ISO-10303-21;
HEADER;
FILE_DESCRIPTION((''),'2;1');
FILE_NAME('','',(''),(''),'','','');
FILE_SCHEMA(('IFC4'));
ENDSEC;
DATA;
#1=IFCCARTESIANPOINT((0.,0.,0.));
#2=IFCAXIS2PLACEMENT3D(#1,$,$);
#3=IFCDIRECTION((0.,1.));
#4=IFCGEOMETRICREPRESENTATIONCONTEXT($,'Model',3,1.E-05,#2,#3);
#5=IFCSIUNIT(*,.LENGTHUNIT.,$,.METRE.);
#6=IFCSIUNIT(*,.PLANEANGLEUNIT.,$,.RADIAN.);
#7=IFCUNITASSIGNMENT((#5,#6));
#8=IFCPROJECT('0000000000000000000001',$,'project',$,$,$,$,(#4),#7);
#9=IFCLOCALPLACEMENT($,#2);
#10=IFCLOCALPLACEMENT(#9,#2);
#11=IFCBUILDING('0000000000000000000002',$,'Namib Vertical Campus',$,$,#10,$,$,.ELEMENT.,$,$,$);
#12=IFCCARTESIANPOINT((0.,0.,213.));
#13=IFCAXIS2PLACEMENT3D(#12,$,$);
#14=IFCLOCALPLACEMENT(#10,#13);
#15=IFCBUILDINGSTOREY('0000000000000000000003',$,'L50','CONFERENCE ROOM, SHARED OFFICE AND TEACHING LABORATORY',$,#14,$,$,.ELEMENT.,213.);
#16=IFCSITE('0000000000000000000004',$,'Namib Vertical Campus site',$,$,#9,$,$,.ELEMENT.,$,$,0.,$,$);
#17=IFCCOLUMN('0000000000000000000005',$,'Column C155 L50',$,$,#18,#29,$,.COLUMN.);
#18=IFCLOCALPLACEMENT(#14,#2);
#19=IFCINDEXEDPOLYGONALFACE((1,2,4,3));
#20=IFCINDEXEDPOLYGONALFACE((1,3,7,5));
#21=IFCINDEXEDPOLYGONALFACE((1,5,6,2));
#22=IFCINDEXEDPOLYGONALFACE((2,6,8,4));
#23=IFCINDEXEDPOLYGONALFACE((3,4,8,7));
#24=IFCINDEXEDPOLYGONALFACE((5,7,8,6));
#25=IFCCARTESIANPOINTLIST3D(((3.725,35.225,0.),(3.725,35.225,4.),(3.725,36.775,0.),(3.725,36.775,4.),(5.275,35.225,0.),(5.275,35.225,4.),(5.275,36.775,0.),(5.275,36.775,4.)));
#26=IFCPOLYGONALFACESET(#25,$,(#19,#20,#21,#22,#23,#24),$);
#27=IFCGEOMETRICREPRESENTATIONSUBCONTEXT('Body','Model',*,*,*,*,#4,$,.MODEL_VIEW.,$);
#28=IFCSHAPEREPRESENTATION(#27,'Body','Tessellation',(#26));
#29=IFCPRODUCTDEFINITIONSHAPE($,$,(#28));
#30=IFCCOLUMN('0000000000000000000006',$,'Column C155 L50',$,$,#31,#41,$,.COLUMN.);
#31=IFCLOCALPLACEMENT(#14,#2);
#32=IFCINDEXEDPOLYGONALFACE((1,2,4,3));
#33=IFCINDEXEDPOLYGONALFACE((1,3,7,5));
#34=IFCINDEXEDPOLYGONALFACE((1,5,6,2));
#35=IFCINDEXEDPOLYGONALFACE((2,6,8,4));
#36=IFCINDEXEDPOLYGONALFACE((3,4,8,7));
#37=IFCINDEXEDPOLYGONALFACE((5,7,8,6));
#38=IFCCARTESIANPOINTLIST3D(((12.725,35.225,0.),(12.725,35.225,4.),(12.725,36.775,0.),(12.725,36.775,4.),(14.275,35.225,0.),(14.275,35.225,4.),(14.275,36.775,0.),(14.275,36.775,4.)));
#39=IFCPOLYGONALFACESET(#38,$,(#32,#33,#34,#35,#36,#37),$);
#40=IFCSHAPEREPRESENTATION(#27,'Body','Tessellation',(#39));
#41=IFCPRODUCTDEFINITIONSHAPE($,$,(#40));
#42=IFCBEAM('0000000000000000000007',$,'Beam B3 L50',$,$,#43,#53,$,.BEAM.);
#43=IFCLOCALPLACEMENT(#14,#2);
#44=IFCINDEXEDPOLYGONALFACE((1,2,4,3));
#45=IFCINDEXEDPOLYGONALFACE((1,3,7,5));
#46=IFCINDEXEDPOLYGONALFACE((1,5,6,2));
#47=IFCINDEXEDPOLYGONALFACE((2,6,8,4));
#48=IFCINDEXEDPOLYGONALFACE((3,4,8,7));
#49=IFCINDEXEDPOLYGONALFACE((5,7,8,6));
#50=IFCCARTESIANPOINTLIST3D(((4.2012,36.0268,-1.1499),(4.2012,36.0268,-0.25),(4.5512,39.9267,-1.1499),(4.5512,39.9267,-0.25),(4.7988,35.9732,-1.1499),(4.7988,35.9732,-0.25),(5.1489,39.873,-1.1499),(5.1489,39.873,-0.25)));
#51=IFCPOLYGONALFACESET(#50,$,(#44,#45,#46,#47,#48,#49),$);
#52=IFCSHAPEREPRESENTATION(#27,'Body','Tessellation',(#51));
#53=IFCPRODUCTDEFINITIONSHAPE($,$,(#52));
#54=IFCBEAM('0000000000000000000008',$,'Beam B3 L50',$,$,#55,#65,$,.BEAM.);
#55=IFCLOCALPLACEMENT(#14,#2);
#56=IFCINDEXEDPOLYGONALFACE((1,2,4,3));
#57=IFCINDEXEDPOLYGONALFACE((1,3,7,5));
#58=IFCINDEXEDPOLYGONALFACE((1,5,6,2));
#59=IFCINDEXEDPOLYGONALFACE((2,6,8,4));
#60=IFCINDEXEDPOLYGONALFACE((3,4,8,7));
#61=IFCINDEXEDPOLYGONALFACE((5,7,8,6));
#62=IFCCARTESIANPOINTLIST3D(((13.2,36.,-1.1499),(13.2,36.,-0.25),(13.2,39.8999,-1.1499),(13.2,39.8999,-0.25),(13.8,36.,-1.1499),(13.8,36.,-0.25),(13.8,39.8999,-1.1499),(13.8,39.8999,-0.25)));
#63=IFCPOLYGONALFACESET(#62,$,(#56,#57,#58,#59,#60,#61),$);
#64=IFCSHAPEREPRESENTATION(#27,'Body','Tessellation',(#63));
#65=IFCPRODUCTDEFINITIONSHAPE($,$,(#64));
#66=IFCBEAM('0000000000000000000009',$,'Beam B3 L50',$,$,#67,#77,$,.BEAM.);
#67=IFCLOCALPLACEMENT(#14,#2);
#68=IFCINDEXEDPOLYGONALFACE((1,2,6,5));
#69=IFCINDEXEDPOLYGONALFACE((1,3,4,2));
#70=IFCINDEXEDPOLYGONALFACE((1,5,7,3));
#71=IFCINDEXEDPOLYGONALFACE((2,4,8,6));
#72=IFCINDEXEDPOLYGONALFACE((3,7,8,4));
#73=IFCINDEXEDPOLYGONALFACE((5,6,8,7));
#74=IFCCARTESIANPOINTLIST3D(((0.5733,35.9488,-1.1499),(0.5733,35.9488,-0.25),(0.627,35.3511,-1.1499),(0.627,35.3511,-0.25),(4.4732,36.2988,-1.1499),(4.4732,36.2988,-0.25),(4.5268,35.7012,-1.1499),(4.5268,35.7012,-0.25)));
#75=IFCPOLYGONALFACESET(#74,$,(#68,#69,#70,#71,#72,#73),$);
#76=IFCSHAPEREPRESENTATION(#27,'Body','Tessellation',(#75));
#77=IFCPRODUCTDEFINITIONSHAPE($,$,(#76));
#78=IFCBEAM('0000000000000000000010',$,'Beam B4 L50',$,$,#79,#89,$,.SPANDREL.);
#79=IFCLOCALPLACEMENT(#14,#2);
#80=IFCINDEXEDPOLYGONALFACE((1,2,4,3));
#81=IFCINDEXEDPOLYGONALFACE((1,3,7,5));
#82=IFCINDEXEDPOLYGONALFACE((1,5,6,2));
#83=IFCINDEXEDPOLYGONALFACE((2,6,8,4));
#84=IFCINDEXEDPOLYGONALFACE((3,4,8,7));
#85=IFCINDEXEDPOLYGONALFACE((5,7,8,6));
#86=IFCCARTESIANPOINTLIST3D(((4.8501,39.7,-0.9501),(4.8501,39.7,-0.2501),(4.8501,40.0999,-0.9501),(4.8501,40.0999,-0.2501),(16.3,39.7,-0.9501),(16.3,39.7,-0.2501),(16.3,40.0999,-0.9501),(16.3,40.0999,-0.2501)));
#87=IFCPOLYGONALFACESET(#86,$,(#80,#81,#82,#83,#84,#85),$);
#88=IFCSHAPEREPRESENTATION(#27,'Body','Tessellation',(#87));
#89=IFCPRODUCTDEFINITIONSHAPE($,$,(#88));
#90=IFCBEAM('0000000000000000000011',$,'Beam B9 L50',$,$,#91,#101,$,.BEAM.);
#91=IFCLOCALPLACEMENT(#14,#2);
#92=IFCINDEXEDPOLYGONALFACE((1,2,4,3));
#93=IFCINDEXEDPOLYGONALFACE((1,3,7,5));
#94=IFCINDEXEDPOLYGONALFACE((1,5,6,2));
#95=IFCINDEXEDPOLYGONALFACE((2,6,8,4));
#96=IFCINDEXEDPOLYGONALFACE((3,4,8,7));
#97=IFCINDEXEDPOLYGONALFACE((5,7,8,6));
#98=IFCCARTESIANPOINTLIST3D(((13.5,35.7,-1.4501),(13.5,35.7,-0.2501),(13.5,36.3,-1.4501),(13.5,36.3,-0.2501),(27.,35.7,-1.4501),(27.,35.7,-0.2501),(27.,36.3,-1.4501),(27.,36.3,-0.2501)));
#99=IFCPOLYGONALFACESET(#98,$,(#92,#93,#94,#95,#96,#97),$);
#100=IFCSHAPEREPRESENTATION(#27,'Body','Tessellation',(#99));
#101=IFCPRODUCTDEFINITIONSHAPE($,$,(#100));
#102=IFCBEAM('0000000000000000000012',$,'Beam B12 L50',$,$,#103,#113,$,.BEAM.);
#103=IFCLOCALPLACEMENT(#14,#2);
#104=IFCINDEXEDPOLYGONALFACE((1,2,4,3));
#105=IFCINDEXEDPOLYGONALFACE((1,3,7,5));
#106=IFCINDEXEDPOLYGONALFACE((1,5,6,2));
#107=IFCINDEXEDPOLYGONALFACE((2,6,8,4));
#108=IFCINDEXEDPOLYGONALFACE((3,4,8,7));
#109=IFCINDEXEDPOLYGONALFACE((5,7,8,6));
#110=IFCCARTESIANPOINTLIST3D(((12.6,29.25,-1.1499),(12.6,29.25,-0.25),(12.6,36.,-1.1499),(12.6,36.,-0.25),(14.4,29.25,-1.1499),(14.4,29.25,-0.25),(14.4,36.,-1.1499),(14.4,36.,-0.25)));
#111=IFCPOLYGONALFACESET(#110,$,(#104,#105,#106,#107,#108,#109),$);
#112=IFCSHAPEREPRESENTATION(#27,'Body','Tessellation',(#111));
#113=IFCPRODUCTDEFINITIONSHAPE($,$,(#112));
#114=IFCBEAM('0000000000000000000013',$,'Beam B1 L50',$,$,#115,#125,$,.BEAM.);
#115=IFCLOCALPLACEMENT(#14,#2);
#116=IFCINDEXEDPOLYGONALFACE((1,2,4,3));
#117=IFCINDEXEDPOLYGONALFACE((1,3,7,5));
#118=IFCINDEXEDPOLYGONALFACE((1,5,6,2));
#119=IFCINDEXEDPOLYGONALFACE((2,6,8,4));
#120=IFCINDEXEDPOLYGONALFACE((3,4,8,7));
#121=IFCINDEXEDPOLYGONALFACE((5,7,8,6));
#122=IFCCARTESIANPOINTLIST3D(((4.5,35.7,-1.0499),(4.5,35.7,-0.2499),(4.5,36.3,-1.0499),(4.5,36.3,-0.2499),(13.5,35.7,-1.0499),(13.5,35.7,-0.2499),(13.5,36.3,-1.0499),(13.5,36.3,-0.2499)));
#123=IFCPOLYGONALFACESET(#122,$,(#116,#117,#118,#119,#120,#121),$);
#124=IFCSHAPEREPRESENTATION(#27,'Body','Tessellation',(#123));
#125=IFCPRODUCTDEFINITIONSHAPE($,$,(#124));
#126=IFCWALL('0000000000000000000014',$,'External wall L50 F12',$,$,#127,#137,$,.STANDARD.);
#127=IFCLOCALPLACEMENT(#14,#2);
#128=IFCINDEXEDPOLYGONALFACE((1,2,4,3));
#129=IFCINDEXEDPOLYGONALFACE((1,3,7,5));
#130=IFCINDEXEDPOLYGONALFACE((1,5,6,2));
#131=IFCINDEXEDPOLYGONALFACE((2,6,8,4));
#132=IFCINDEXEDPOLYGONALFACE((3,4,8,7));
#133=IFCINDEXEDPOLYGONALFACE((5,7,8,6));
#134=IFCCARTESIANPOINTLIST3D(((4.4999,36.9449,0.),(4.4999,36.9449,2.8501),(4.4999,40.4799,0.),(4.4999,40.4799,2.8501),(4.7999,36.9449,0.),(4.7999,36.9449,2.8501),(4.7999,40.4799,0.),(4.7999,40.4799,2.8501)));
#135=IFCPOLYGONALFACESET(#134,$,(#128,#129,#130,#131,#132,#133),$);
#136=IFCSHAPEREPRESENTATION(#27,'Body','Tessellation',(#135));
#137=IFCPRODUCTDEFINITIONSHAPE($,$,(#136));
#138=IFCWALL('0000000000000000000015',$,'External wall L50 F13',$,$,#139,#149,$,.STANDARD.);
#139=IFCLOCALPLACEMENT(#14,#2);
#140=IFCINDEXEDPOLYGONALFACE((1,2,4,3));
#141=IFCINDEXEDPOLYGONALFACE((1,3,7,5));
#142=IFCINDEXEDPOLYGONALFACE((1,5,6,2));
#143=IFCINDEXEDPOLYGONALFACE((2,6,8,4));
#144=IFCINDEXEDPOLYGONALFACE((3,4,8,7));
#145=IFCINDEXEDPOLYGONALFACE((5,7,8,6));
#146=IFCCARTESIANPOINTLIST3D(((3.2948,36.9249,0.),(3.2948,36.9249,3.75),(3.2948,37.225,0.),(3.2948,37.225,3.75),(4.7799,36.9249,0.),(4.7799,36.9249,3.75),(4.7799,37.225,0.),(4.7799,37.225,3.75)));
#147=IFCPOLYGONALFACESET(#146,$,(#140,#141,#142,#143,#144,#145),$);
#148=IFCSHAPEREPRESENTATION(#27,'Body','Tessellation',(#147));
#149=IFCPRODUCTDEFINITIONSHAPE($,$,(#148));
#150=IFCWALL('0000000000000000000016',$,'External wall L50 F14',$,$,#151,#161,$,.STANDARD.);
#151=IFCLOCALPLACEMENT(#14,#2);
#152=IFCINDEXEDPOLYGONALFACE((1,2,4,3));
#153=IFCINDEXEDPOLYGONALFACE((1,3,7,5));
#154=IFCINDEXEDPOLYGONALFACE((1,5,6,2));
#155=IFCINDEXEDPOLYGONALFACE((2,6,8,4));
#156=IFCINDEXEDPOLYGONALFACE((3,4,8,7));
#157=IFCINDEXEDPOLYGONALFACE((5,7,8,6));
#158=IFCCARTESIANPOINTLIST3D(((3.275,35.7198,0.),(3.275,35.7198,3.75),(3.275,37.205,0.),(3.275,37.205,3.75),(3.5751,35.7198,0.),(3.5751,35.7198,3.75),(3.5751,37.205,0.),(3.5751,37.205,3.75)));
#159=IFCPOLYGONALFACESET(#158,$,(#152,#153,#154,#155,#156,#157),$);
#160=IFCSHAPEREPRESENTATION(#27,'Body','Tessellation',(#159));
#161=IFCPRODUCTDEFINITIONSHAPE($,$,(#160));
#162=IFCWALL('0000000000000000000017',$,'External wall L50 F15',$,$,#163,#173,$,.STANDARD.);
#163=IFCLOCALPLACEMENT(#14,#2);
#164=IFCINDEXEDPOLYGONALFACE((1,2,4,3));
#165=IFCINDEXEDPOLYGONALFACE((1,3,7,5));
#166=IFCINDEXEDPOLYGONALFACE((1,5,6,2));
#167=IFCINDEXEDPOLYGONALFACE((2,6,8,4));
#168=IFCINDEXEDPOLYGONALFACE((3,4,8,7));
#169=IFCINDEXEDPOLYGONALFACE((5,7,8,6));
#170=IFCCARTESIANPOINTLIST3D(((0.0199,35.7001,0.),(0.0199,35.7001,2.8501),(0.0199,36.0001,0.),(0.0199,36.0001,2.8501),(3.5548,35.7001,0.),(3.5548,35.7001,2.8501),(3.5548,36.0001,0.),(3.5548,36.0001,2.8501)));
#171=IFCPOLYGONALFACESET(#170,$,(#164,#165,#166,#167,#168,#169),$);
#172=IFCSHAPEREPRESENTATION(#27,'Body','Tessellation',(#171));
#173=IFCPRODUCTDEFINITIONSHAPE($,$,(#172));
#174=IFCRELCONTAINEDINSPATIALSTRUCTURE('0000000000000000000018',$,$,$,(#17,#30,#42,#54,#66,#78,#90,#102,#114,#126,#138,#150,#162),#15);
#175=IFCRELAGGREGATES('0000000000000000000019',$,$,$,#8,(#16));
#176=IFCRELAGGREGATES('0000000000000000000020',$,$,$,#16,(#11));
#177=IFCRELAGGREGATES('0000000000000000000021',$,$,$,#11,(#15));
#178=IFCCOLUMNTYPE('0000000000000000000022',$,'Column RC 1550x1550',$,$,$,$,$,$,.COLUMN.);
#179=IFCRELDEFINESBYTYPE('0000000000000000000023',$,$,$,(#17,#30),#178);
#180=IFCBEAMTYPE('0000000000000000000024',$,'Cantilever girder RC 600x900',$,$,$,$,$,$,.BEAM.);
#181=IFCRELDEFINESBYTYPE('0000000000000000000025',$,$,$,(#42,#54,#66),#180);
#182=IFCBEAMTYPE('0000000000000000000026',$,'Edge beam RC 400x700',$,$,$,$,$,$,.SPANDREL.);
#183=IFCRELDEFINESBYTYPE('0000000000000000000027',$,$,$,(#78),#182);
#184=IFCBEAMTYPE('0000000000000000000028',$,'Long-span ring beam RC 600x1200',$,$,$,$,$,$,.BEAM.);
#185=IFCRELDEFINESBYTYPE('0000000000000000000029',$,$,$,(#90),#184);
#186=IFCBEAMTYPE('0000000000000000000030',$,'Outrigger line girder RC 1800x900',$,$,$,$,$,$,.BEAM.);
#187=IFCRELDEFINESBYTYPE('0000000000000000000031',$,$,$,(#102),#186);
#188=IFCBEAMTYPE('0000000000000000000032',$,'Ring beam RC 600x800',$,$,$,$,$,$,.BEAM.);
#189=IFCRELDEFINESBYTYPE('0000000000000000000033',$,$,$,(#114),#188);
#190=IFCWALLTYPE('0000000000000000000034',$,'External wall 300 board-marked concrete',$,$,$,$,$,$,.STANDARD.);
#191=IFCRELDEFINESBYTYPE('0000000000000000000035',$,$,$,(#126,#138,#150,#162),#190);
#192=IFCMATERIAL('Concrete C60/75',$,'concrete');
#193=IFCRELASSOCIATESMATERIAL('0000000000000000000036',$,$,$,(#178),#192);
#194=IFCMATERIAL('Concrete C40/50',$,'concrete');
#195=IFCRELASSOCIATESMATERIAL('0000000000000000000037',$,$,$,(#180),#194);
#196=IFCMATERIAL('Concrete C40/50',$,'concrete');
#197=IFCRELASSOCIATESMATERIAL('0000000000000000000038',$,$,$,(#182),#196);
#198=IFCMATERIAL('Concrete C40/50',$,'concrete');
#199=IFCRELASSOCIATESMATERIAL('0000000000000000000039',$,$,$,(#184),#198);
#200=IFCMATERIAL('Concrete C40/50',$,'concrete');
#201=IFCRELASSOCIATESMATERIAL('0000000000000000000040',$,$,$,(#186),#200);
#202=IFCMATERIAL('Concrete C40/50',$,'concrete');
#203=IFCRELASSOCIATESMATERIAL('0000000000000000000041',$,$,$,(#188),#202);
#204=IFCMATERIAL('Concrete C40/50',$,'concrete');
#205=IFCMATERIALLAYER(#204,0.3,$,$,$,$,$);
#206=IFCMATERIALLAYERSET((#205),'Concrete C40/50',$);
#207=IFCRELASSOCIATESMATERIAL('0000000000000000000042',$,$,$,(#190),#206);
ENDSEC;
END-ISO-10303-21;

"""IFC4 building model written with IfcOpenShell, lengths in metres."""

from ifc_helpers import new_model, si_unit, direction, frame, frame_2d, origin, origin_2d, place, context, subcontext, project, spatial, rectangle, extrude, material, layer, layer_set, material_profile, profile_set, type_object, element, save


model = new_model("IFC4")

# Units and contexts
model_context = context("Model", 3, precision=1e-05, world=origin(), true_north=direction((0.0, 1.0)))
body_context = subcontext(model_context, "Body", "Model", "MODEL_VIEW")
ifc_project = project(units=[si_unit("LENGTHUNIT", "METRE"), si_unit("PLANEANGLEUNIT", "RADIAN")], contexts=[model_context])

# Site, building, storey
site_placement = place(None, origin())
site = spatial("IfcSite", under=ifc_project, at=site_placement, Name="Namib Vertical Campus site", CompositionType="ELEMENT", RefElevation=0.0)
building_placement = place(site_placement, origin())
building = spatial("IfcBuilding", under=site, at=building_placement, Name="Namib Vertical Campus", CompositionType="ELEMENT")
storey_placement = place(building_placement, frame((0.0, 0.0, 213.0)))
storey = spatial("IfcBuildingStorey", under=building, at=storey_placement, Name="L50", Description="CONFERENCE ROOM, SHARED OFFICE AND TEACHING LABORATORY", CompositionType="ELEMENT", Elevation=213.0)

# Columns
ifc_material_1 = material(Name="Concrete C60/75", Category="concrete")
ifc_material_profile_1 = material_profile(ifc_material_1, rectangle(XDim=1.55, YDim=1.55, at=origin_2d()))
ifc_profile_set_1 = profile_set([ifc_material_profile_1], Name="Concrete C60/75")
column_type = type_object("IfcColumnType", Name="Column RC 1550x1550", PredefinedType="COLUMN", material=ifc_profile_set_1)
for number, where, z_axis, x_axis, name in (
    (1, (4.5, 36.0, 0.0), (0.0, 0.0, 1.0), (1.0, 0.0, 0.0), "Column C155 L50"),
    (2, (13.5, 36.0, 0.0), (0.0, 0.0, 1.0), (1.0, 0.0, 0.0), "Column C155 L50"),
):
    element("IfcColumn", number, at=place(storey_placement, frame(where, z_axis=z_axis, x_axis=x_axis)), inside=storey, type_object=column_type, Name=name, PredefinedType="COLUMN", context=body_context, shape_type="SweptSolid", body=[
        extrude(rectangle(XDim=1.55, YDim=1.55, at=origin_2d()), origin(), (0.0, 0.0, 1.0), 4.0),
    ])

# Beams
ifc_material_2 = material(Name="Concrete C40/50", Category="concrete")
ifc_material_profile_2 = material_profile(ifc_material_2, rectangle(XDim=0.6001, YDim=0.8999, at=origin_2d()))
ifc_profile_set_2 = profile_set([ifc_material_profile_2], Name="Concrete C40/50")
beam_type_1 = type_object("IfcBeamType", Name="Cantilever girder RC 600x900", PredefinedType="BEAM", material=ifc_profile_set_2)
beam_1_placement = place(storey_placement, frame((4.5, 36.0, -0.7), z_axis=(0.089411, 0.995995, 0.0), x_axis=(-0.995995, 0.089411, 0.0)))
element("IfcBeam", 3, at=beam_1_placement, inside=storey, type_object=beam_type_1, Name="Beam B3 L50", PredefinedType="BEAM", context=body_context, shape_type="SweptSolid", body=[
    extrude(rectangle(XDim=0.6001, YDim=0.8999, at=origin_2d()), origin(), (0.0, 0.0, 1.0), 3.9155),
])
beam_2_placement = place(storey_placement, frame((13.5, 36.0, -0.7), z_axis=(0.0, 1.0, 0.0), x_axis=(-1.0, 0.0, 0.0)))
element("IfcBeam", 4, at=beam_2_placement, inside=storey, type_object=beam_type_1, Name="Beam B3 L50", PredefinedType="BEAM", context=body_context, shape_type="SweptSolid", body=[
    extrude(rectangle(XDim=0.6001, YDim=0.8999, at=origin_2d()), origin(), (0.0, 0.0, 1.0), 3.8999),
])
beam_3_placement = place(storey_placement, frame((4.5, 36.0, -0.7), z_axis=(-0.995995, -0.089411, 0.0), x_axis=(0.089411, -0.995995, 0.0)))
element("IfcBeam", 5, at=beam_3_placement, inside=storey, type_object=beam_type_1, Name="Beam B3 L50", PredefinedType="BEAM", context=body_context, shape_type="SweptSolid", body=[
    extrude(rectangle(XDim=0.6001, YDim=0.8999, at=origin_2d()), origin(), (0.0, 0.0, 1.0), 3.9155),
])
ifc_material_3 = material(Name="Concrete C40/50", Category="concrete")
ifc_material_profile_3 = material_profile(ifc_material_3, rectangle(XDim=0.3999, YDim=0.7, at=origin_2d()))
ifc_profile_set_3 = profile_set([ifc_material_profile_3], Name="Concrete C40/50")
beam_type_2 = type_object("IfcBeamType", Name="Edge beam RC 400x700", PredefinedType="SPANDREL", material=ifc_profile_set_3)
beam_4_placement = place(storey_placement, frame((4.8501, 39.8999, -0.6001), z_axis=(1.0, 0.0, 0.0), x_axis=(0.0, 1.0, 0.0)))
element("IfcBeam", 6, at=beam_4_placement, inside=storey, type_object=beam_type_2, Name="Beam B4 L50", PredefinedType="SPANDREL", context=body_context, shape_type="SweptSolid", body=[
    extrude(rectangle(XDim=0.3999, YDim=0.7, at=origin_2d()), origin(), (0.0, 0.0, 1.0), 11.45),
])
ifc_material_4 = material(Name="Concrete C40/50", Category="concrete")
ifc_material_profile_4 = material_profile(ifc_material_4, rectangle(XDim=0.6001, YDim=1.2, at=origin_2d()))
ifc_profile_set_4 = profile_set([ifc_material_profile_4], Name="Concrete C40/50")
beam_type_3 = type_object("IfcBeamType", Name="Long-span ring beam RC 600x1200", PredefinedType="BEAM", material=ifc_profile_set_4)
beam_5_placement = place(storey_placement, frame((13.5, 36.0, -0.8501), z_axis=(1.0, 0.0, 0.0), x_axis=(0.0, 1.0, 0.0)))
element("IfcBeam", 7, at=beam_5_placement, inside=storey, type_object=beam_type_3, Name="Beam B9 L50", PredefinedType="BEAM", context=body_context, shape_type="SweptSolid", body=[
    extrude(rectangle(XDim=0.6001, YDim=1.2, at=origin_2d()), origin(), (0.0, 0.0, 1.0), 13.5),
])
ifc_material_5 = material(Name="Concrete C40/50", Category="concrete")
ifc_material_profile_5 = material_profile(ifc_material_5, rectangle(XDim=1.8, YDim=0.8999, at=origin_2d()))
ifc_profile_set_5 = profile_set([ifc_material_profile_5], Name="Concrete C40/50")
beam_type_4 = type_object("IfcBeamType", Name="Outrigger line girder RC 1800x900", PredefinedType="BEAM", material=ifc_profile_set_5)
beam_6_placement = place(storey_placement, frame((13.5, 36.0, -0.7), z_axis=(0.0, -1.0, 0.0), x_axis=(1.0, 0.0, 0.0)))
element("IfcBeam", 8, at=beam_6_placement, inside=storey, type_object=beam_type_4, Name="Beam B12 L50", PredefinedType="BEAM", context=body_context, shape_type="SweptSolid", body=[
    extrude(rectangle(XDim=1.8, YDim=0.8999, at=origin_2d()), origin(), (0.0, 0.0, 1.0), 6.75),
])
ifc_material_6 = material(Name="Concrete C40/50", Category="concrete")
ifc_material_profile_6 = material_profile(ifc_material_6, rectangle(XDim=0.6001, YDim=0.8, at=origin_2d()))
ifc_profile_set_6 = profile_set([ifc_material_profile_6], Name="Concrete C40/50")
beam_type_5 = type_object("IfcBeamType", Name="Ring beam RC 600x800", PredefinedType="BEAM", material=ifc_profile_set_6)
beam_7_placement = place(storey_placement, frame((4.5, 36.0, -0.6499), z_axis=(1.0, 0.0, 0.0), x_axis=(0.0, 1.0, 0.0)))
element("IfcBeam", 9, at=beam_7_placement, inside=storey, type_object=beam_type_5, Name="Beam B1 L50", PredefinedType="BEAM", context=body_context, shape_type="SweptSolid", body=[
    extrude(rectangle(XDim=0.6001, YDim=0.8, at=origin_2d()), origin(), (0.0, 0.0, 1.0), 9.0),
])

# Walls
ifc_material_7 = material(Name="Concrete C40/50", Category="concrete")
ifc_layer_1 = layer(ifc_material_7, 0.3)
ifc_layer_set_1 = layer_set([ifc_layer_1], Name="Concrete C40/50")
wall_type_1 = type_object("IfcWallType", Name="External wall 300 board-marked concrete", PredefinedType="STANDARD", material=ifc_layer_set_1)
wall_1_placement = place(storey_placement, frame((4.6499, 40.48, 0.0), z_axis=(0.0, 0.0, 1.0), x_axis=(0.0, -1.0, 0.0)))
element("IfcWall", 10, at=wall_1_placement, inside=storey, type_object=wall_type_1, Name="External wall L50 F12", PredefinedType="STANDARD", context=body_context, shape_type="SweptSolid", body=[
    extrude(rectangle(XDim=3.5349, YDim=0.3, at=frame_2d((1.7676, 0.0))), origin(), (0.0, 0.0, 1.0), 2.8501),
])
for number, where, z_axis, x_axis, name in (
    (11, (4.78, 37.075, 0.0), (0.0, 0.0, 1.0), (-1.0, 0.0, 0.0), "External wall L50 F13"),
    (12, (3.425, 37.2051, 0.0), (0.0, 0.0, 1.0), (0.0, -1.0, 0.0), "External wall L50 F14"),
):
    element("IfcWall", number, at=place(storey_placement, frame(where, z_axis=z_axis, x_axis=x_axis)), inside=storey, type_object=wall_type_1, Name=name, PredefinedType="STANDARD", context=body_context, shape_type="SweptSolid", body=[
        extrude(rectangle(XDim=1.4851, YDim=0.3, at=frame_2d((0.7427, 0.0))), origin(), (0.0, 0.0, 1.0), 3.75),
    ])
wall_2_placement = place(storey_placement, frame((3.5549, 35.8501, 0.0), z_axis=(0.0, 0.0, 1.0), x_axis=(-1.0, 0.0, 0.0)))
element("IfcWall", 13, at=wall_2_placement, inside=storey, type_object=wall_type_1, Name="External wall L50 F15", PredefinedType="STANDARD", context=body_context, shape_type="SweptSolid", body=[
    extrude(rectangle(XDim=3.5349, YDim=0.3, at=frame_2d((1.7676, 0.0))), origin(), (0.0, 0.0, 1.0), 2.8501),
])

save(model, "model.ifc")
